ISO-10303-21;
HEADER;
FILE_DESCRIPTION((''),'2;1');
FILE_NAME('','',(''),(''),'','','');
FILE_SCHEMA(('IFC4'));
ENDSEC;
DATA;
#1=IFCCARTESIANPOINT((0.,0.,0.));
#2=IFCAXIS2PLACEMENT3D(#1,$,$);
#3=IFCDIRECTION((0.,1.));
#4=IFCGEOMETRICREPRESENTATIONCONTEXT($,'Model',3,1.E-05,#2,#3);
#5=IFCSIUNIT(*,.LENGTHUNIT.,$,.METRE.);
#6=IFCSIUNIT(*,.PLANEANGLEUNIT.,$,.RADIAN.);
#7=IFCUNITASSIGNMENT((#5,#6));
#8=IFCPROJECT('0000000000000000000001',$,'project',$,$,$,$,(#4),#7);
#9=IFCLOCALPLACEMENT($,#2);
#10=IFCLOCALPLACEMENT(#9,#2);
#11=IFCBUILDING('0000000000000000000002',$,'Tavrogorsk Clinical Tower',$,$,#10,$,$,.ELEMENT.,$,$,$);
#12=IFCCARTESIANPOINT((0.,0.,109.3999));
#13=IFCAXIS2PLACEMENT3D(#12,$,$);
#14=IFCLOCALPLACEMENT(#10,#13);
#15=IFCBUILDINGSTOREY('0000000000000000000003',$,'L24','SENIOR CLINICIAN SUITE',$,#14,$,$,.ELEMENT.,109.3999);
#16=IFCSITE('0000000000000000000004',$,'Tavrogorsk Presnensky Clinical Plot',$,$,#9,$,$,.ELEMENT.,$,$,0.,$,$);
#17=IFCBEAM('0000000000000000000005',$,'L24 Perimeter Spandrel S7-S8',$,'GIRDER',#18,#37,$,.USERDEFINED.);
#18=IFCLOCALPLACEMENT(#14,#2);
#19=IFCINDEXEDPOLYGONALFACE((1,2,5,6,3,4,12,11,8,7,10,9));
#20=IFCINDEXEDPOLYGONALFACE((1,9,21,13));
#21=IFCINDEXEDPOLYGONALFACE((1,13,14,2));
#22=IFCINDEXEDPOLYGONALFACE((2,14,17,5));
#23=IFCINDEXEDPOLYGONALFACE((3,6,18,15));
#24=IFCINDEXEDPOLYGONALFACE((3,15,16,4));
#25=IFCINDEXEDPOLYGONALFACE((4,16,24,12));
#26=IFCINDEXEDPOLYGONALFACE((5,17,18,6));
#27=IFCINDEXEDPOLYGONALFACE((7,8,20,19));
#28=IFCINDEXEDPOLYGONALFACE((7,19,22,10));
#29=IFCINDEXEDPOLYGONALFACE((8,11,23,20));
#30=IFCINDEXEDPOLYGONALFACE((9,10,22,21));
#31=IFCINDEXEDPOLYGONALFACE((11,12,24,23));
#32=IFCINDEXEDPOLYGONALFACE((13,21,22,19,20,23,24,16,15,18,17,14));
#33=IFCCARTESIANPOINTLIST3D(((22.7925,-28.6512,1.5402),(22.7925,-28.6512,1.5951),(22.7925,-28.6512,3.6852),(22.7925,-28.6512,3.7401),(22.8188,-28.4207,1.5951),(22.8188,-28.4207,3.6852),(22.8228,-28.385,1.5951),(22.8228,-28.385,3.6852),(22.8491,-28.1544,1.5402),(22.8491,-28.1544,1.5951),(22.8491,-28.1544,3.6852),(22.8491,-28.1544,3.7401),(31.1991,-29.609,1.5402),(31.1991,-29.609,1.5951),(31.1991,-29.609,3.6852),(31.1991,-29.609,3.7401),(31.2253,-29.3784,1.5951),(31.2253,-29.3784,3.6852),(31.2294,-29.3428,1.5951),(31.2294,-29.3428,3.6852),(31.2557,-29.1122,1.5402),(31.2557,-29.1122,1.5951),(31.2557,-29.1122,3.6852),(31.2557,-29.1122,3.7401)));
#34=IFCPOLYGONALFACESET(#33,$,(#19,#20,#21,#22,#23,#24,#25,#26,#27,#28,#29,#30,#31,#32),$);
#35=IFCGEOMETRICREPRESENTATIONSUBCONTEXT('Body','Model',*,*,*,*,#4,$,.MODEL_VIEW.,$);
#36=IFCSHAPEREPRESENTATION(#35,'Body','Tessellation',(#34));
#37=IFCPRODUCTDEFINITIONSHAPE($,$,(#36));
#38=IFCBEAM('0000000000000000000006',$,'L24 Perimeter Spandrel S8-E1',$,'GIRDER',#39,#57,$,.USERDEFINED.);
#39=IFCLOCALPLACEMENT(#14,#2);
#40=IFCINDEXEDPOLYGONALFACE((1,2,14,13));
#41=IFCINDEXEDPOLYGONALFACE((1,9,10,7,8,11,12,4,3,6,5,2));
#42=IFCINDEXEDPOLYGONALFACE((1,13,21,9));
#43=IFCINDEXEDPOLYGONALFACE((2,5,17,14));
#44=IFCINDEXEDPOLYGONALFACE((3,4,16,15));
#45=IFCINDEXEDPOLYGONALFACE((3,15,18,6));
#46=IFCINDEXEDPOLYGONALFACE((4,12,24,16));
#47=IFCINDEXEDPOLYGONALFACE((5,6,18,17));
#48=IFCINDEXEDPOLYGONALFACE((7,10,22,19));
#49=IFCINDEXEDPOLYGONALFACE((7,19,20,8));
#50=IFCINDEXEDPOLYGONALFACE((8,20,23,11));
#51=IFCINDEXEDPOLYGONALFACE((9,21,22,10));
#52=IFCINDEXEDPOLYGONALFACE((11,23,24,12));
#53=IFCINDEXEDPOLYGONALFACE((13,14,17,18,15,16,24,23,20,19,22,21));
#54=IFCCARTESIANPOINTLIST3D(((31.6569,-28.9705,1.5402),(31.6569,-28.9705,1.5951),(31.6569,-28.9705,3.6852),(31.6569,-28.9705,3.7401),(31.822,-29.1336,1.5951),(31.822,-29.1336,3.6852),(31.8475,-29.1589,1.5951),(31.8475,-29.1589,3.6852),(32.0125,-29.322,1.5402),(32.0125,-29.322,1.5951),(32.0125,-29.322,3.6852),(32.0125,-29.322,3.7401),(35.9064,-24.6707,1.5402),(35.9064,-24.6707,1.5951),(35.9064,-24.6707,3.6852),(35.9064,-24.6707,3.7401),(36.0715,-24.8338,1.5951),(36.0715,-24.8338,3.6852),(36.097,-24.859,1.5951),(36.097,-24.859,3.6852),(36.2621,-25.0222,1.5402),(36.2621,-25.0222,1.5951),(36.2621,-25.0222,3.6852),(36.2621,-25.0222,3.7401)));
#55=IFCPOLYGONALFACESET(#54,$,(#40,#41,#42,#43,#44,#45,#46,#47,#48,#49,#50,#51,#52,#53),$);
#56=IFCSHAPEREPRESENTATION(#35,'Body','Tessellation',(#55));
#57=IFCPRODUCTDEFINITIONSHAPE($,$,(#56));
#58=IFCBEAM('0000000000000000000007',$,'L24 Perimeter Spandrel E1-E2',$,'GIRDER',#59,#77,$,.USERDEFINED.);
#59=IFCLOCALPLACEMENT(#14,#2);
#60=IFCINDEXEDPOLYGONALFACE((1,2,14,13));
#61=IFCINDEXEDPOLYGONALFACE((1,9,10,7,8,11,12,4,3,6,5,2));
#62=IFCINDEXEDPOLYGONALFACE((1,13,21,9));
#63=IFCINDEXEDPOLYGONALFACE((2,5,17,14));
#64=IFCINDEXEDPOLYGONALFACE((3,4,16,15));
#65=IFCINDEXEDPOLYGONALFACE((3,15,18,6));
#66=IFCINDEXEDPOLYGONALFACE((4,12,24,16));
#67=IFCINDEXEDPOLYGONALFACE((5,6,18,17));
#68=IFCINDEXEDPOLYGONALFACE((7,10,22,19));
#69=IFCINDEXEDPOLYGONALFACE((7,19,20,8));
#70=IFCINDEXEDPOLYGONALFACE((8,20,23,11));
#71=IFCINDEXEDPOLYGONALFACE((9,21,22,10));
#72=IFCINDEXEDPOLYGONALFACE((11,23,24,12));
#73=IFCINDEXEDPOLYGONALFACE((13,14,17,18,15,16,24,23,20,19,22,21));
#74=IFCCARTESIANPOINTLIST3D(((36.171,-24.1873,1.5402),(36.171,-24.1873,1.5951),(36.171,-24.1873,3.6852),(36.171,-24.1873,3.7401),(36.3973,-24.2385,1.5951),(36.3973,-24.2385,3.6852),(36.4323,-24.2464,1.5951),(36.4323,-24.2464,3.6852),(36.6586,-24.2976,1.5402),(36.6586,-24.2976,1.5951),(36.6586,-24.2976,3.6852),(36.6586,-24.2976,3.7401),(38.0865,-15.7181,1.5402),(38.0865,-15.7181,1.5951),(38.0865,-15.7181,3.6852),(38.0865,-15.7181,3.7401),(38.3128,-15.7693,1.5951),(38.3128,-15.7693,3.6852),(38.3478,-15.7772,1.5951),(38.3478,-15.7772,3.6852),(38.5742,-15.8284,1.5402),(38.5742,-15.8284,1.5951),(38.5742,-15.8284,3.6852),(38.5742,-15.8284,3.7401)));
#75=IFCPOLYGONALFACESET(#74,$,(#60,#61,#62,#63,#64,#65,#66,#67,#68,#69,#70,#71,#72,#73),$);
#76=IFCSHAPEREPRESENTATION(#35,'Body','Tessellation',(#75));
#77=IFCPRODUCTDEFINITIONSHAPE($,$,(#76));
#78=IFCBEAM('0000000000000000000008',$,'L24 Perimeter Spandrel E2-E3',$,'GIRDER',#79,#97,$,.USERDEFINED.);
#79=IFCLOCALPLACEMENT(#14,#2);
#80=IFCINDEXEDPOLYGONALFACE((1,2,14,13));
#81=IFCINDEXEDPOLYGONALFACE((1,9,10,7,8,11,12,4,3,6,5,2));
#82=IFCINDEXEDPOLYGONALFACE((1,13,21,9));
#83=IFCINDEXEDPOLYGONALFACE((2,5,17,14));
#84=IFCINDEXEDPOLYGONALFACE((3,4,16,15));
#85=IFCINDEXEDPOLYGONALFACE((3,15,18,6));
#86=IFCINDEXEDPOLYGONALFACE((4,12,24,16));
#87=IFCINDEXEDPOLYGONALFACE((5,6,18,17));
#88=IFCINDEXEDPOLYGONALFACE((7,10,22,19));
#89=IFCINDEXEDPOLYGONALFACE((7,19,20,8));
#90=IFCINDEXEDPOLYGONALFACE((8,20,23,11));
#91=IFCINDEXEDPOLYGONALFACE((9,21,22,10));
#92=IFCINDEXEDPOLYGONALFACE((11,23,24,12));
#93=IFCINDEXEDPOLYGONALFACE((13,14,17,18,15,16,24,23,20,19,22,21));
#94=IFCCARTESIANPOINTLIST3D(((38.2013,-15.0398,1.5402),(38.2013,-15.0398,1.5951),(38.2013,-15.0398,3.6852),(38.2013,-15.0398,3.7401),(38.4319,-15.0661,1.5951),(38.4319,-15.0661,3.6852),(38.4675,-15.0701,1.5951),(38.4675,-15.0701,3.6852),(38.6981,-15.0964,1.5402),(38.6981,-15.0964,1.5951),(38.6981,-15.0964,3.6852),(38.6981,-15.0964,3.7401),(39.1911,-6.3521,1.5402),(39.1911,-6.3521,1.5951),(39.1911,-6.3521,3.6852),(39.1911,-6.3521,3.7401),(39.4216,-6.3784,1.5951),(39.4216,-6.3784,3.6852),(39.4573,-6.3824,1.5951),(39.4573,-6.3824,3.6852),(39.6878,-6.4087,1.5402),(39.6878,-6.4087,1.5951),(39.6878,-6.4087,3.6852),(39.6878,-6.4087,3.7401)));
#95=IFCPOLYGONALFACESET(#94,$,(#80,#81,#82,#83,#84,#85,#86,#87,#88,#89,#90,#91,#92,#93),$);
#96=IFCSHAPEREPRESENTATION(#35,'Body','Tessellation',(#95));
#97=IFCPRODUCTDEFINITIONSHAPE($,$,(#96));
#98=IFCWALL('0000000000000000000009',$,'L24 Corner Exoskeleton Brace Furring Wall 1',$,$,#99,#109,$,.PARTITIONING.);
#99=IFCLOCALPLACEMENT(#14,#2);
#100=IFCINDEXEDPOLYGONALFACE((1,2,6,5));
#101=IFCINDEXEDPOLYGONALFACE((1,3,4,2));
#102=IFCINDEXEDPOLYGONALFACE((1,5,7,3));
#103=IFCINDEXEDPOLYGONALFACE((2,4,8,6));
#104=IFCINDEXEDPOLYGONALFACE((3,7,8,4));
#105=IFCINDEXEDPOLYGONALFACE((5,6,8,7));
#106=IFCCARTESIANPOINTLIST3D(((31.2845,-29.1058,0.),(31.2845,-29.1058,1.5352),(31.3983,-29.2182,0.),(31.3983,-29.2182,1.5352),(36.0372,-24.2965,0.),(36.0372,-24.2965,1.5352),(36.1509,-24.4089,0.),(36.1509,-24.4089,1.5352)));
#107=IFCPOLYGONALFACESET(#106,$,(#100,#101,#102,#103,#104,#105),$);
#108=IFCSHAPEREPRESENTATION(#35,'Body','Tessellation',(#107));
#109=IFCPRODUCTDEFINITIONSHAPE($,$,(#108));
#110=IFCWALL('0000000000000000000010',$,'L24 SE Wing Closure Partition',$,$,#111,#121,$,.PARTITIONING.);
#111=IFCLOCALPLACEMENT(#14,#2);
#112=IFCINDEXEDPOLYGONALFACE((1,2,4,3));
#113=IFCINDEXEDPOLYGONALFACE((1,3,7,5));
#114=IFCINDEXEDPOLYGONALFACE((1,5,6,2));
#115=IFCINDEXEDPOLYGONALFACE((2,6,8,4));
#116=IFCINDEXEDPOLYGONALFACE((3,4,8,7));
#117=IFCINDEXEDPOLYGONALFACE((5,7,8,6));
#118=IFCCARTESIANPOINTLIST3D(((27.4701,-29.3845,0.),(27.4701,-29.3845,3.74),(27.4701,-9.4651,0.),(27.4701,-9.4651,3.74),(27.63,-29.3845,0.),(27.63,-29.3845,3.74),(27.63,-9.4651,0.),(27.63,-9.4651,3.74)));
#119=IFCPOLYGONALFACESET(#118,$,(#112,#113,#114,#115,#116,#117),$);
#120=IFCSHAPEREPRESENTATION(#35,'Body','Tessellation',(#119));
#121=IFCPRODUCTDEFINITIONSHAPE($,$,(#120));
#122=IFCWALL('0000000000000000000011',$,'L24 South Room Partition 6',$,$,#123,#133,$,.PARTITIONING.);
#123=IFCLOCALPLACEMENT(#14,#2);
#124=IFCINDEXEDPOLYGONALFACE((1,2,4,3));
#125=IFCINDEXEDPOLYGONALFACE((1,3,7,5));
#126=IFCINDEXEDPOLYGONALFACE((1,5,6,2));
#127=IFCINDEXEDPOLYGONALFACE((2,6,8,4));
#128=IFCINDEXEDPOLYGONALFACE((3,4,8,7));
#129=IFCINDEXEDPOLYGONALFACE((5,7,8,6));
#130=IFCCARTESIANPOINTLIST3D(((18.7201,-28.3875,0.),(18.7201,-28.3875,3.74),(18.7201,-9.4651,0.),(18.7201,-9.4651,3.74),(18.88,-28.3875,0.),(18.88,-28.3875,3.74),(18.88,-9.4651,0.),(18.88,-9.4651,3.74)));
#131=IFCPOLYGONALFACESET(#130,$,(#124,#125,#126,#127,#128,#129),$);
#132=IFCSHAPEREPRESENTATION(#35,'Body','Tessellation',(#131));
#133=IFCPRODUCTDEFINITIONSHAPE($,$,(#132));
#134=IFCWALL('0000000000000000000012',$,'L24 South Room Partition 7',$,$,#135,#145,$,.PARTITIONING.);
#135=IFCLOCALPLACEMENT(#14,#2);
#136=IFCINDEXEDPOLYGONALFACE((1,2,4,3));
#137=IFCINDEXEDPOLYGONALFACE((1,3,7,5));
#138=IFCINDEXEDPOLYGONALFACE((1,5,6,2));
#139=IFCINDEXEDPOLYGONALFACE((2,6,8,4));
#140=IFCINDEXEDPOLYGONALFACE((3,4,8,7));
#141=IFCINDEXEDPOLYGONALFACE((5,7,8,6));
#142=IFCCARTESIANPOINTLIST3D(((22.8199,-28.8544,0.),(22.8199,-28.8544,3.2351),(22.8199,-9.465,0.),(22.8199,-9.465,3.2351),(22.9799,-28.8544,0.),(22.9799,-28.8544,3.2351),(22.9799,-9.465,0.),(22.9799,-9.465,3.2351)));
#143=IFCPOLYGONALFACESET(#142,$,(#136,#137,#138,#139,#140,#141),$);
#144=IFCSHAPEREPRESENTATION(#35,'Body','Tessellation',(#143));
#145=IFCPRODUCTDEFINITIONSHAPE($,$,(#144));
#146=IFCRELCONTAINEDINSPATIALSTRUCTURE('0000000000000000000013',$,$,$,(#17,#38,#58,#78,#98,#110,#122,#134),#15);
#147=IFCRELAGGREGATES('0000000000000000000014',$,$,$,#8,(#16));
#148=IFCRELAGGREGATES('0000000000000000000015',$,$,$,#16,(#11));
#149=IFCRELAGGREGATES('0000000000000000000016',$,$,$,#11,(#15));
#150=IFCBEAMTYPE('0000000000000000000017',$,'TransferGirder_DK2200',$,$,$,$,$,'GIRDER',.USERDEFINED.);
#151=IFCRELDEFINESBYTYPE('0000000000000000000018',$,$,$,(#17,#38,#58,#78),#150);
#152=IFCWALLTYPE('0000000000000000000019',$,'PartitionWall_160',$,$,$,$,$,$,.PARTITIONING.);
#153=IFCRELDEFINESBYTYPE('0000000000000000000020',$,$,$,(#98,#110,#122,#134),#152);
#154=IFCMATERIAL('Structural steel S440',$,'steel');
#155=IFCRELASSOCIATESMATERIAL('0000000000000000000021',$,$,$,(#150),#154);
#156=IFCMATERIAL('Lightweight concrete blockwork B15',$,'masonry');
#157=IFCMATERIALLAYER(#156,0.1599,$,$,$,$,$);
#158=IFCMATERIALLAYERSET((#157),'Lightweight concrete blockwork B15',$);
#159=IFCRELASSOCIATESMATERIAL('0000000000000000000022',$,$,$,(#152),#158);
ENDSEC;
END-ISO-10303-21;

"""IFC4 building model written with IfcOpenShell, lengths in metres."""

from ifc_helpers import new_model, si_unit, direction, frame, frame_2d, origin, origin_2d, place, context, subcontext, project, spatial, rectangle, i_section, extrude, material, layer, layer_set, material_profile, profile_set, type_object, element, save


model = new_model("IFC4")

# Units and contexts
model_context = context("Model", 3, precision=1e-05, world=origin(), true_north=direction((0.0, 1.0)))
body_context = subcontext(model_context, "Body", "Model", "MODEL_VIEW")
ifc_project = project(units=[si_unit("LENGTHUNIT", "METRE"), si_unit("PLANEANGLEUNIT", "RADIAN")], contexts=[model_context])

# Site, building, storey
site_placement = place(None, origin())
site = spatial("IfcSite", under=ifc_project, at=site_placement, Name="Tavrogorsk Presnensky Clinical Plot", CompositionType="ELEMENT", RefElevation=0.0)
building_placement = place(site_placement, origin())
building = spatial("IfcBuilding", under=site, at=building_placement, Name="Tavrogorsk Clinical Tower", CompositionType="ELEMENT")
storey_placement = place(building_placement, frame((0.0, 0.0, 109.3999)))
storey = spatial("IfcBuildingStorey", under=building, at=storey_placement, Name="L24", Description="SENIOR CLINICIAN SUITE", CompositionType="ELEMENT", Elevation=109.3999)

# Beams
ifc_material_1 = material(Name="Structural steel S440", Category="steel")
ifc_material_profile_1 = material_profile(ifc_material_1, i_section(OverallWidth=0.5, OverallDepth=2.2, WebThickness=0.0359, FlangeThickness=0.0549, at=origin_2d()), Name="DK-2200x500x36x55")
ifc_profile_set_1 = profile_set([ifc_material_profile_1], Name="Structural steel S440")
beam_type_1 = type_object("IfcBeamType", Name="TransferGirder_DK2200", ElementType="GIRDER", PredefinedType="USERDEFINED", material=ifc_profile_set_1)
beam_1_placement = place(storey_placement, frame((22.8208, -28.4028, 2.6401), z_axis=(0.993572, -0.113199, 0.0), x_axis=(0.113199, 0.993572, 0.0)))
element("IfcBeam", 1, at=beam_1_placement, inside=storey, type_object=beam_type_1, Name="L24 Perimeter Spandrel S7-S8", ObjectType="GIRDER", PredefinedType="USERDEFINED", context=body_context, shape_type="SweptSolid", body=[
    extrude(i_section(OverallWidth=0.5, OverallDepth=2.2, WebThickness=0.0359, FlangeThickness=0.0549, at=origin_2d()), origin(), (0.0, 0.0, 1.0), 8.4609),
])
beam_2_placement = place(storey_placement, frame((31.8347, -29.1462, 2.6401), z_axis=(0.702935, 0.711254, 0.0), x_axis=(-0.711254, 0.702935, 0.0)))
element("IfcBeam", 2, at=beam_2_placement, inside=storey, type_object=beam_type_1, Name="L24 Perimeter Spandrel S8-E1", ObjectType="GIRDER", PredefinedType="USERDEFINED", context=body_context, shape_type="SweptSolid", body=[
    extrude(i_section(OverallWidth=0.5, OverallDepth=2.2, WebThickness=0.0359, FlangeThickness=0.0549, at=origin_2d()), origin(), (0.0, 0.0, 1.0), 6.0454),
])
beam_3_placement = place(storey_placement, frame((36.4148, -24.2424, 2.6401), z_axis=(0.220603, 0.975364, 0.0), x_axis=(-0.975364, 0.220603, 0.0)))
element("IfcBeam", 3, at=beam_3_placement, inside=storey, type_object=beam_type_1, Name="L24 Perimeter Spandrel E1-E2", ObjectType="GIRDER", PredefinedType="USERDEFINED", context=body_context, shape_type="SweptSolid", body=[
    extrude(i_section(OverallWidth=0.5, OverallDepth=2.2, WebThickness=0.0359, FlangeThickness=0.0549, at=origin_2d()), origin(), (0.0, 0.0, 1.0), 8.6831),
])
beam_4_placement = place(storey_placement, frame((38.4497, -15.0681, 2.6401), z_axis=(0.113192, 0.993573, 0.0), x_axis=(-0.993573, 0.113192, 0.0)))
element("IfcBeam", 4, at=beam_4_placement, inside=storey, type_object=beam_type_1, Name="L24 Perimeter Spandrel E2-E3", ObjectType="GIRDER", PredefinedType="USERDEFINED", context=body_context, shape_type="SweptSolid", body=[
    extrude(i_section(OverallWidth=0.5, OverallDepth=2.2, WebThickness=0.0359, FlangeThickness=0.0549, at=origin_2d()), origin(), (0.0, 0.0, 1.0), 8.7439),
])

# Walls
ifc_material_2 = material(Name="Lightweight concrete blockwork B15", Category="masonry")
ifc_layer_1 = layer(ifc_material_2, 0.1599)
ifc_layer_set_1 = layer_set([ifc_layer_1], Name="Lightweight concrete blockwork B15")
wall_type_1 = type_object("IfcWallType", Name="PartitionWall_160", PredefinedType="PARTITIONING", material=ifc_layer_set_1)
wall_1_placement = place(storey_placement, frame((31.3413, -29.1621, 0.0), z_axis=(0.0, 0.0, 1.0), x_axis=(0.702906, 0.711283, 0.0)))
element("IfcWall", 5, at=wall_1_placement, inside=storey, type_object=wall_type_1, Name="L24 Corner Exoskeleton Brace Furring Wall 1", PredefinedType="PARTITIONING", context=body_context, shape_type="SweptSolid", body=[
    extrude(rectangle(XDim=6.7615, YDim=0.1599, at=frame_2d((3.3809, 0.0))), origin(), (0.0, 0.0, 1.0), 1.5352),
])
wall_2_placement = place(storey_placement, frame((27.55, -29.3845, 0.0), z_axis=(0.0, 0.0, 1.0), x_axis=(0.0, 1.0, 0.0)))
element("IfcWall", 6, at=wall_2_placement, inside=storey, type_object=wall_type_1, Name="L24 SE Wing Closure Partition", PredefinedType="PARTITIONING", context=body_context, shape_type="SweptSolid", body=[
    extrude(rectangle(XDim=19.9194, YDim=0.1599, at=frame_2d((9.9597, 0.0))), origin(), (0.0, 0.0, 1.0), 3.74),
])
wall_3_placement = place(storey_placement, frame((18.8, -28.3875, 0.0), z_axis=(0.0, 0.0, 1.0), x_axis=(0.0, 1.0, 0.0)))
element("IfcWall", 7, at=wall_3_placement, inside=storey, type_object=wall_type_1, Name="L24 South Room Partition 6", PredefinedType="PARTITIONING", context=body_context, shape_type="SweptSolid", body=[
    extrude(rectangle(XDim=18.9224, YDim=0.1599, at=frame_2d((9.4612, 0.0))), origin(), (0.0, 0.0, 1.0), 3.74),
])
wall_4_placement = place(storey_placement, frame((22.8999, -28.8545, 0.0), z_axis=(0.0, 0.0, 1.0), x_axis=(0.0, 1.0, 0.0)))
element("IfcWall", 8, at=wall_4_placement, inside=storey, type_object=wall_type_1, Name="L24 South Room Partition 7", PredefinedType="PARTITIONING", context=body_context, shape_type="SweptSolid", body=[
    extrude(rectangle(XDim=19.3894, YDim=0.1599, at=frame_2d((9.6948, 0.0))), origin(), (0.0, 0.0, 1.0), 3.2351),
])

save(model, "model.ifc")
